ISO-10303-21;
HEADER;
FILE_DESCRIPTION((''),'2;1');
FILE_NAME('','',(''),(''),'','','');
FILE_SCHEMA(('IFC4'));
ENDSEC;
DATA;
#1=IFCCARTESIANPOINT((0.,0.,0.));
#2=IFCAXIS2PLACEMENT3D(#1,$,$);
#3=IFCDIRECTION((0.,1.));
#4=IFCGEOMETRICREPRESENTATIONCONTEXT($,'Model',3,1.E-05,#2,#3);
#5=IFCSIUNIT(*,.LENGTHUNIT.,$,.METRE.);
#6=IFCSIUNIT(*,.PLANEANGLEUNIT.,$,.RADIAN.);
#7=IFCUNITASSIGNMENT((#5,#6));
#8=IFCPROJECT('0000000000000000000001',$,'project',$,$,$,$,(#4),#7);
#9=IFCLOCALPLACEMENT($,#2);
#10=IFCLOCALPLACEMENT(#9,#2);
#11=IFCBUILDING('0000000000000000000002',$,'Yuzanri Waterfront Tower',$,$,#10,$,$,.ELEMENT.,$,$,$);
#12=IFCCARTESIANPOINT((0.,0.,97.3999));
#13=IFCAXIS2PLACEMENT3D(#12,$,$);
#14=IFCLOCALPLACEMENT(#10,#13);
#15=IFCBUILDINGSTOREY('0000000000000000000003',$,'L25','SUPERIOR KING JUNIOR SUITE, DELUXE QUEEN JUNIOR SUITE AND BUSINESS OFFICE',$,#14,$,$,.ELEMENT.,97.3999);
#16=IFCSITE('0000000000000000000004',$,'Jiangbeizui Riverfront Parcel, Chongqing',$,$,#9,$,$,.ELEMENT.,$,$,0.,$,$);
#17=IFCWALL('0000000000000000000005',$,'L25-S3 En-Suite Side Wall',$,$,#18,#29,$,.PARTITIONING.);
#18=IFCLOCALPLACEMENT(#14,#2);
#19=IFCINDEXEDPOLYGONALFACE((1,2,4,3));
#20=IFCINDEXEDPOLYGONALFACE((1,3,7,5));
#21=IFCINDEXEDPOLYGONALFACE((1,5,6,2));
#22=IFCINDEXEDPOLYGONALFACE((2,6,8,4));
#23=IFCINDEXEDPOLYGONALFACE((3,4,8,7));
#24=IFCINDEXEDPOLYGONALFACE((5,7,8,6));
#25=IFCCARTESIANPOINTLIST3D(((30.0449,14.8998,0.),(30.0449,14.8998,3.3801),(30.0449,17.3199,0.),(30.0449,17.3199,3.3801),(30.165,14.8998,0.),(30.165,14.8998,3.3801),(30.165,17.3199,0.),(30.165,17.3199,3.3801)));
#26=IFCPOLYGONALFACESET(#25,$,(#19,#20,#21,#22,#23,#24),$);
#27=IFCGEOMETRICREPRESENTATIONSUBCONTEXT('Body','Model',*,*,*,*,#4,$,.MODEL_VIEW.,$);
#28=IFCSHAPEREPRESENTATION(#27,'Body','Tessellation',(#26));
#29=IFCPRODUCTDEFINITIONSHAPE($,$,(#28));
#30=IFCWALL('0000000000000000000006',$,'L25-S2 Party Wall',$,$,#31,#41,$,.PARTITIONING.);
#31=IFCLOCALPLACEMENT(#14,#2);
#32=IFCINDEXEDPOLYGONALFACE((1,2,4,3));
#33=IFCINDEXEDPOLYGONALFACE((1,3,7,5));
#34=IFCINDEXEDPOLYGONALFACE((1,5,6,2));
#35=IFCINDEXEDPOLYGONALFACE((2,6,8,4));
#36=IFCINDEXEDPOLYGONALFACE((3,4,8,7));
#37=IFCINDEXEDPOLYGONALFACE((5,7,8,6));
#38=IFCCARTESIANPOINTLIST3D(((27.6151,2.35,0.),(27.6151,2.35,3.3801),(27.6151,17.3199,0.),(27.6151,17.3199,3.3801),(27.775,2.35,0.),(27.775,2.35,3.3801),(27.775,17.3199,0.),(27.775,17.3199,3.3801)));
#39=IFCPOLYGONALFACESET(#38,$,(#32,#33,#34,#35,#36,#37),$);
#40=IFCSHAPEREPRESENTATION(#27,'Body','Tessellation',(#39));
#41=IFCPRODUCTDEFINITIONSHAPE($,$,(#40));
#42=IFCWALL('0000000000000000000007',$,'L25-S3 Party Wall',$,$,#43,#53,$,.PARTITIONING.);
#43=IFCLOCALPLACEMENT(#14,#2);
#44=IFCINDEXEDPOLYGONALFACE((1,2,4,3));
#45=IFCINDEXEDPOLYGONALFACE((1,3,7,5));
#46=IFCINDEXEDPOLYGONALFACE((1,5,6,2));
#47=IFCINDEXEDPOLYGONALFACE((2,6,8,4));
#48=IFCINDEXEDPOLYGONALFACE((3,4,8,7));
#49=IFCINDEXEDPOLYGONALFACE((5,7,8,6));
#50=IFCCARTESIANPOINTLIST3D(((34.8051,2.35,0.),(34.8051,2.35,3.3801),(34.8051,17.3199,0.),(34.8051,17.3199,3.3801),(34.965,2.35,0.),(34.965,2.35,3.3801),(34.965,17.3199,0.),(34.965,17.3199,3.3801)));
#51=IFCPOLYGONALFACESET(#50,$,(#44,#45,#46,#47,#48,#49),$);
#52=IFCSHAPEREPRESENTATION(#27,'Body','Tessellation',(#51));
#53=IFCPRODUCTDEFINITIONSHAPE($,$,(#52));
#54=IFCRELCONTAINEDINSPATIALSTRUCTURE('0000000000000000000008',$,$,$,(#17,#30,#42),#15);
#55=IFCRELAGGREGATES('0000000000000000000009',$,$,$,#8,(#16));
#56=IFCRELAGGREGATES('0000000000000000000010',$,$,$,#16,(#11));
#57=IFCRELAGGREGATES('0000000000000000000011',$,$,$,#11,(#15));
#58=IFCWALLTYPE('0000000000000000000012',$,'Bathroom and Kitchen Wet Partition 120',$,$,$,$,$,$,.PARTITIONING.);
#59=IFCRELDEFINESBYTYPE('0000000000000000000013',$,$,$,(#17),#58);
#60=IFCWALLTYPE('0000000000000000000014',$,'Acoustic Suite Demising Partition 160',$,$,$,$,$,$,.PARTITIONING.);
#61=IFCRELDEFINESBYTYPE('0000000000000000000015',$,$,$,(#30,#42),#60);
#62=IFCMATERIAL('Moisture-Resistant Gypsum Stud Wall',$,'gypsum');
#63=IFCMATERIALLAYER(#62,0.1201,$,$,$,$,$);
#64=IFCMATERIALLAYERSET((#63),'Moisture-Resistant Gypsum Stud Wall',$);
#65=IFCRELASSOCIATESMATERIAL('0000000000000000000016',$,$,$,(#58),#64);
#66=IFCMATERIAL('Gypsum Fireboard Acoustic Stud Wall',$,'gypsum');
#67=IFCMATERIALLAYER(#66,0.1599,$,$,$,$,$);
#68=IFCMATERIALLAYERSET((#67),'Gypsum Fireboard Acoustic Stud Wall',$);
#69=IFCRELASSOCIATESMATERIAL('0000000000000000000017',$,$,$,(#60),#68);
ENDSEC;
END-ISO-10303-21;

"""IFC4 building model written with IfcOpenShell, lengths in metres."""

from ifc_helpers import new_model, si_unit, direction, frame, frame_2d, origin, place, context, subcontext, project, spatial, rectangle, extrude, source, transform, mapped, material, layer, layer_set, type_object, element, save


model = new_model("IFC4")

# Units and contexts
model_context = context("Model", 3, precision=1e-05, world=origin(), true_north=direction((0.0, 1.0)))
body_context = subcontext(model_context, "Body", "Model", "MODEL_VIEW")
ifc_project = project(units=[si_unit("LENGTHUNIT", "METRE"), si_unit("PLANEANGLEUNIT", "RADIAN")], contexts=[model_context])

# Site, building, storey
site_placement = place(None, origin())
site = spatial("IfcSite", under=ifc_project, at=site_placement, Name="Jiangbeizui Riverfront Parcel, Chongqing", CompositionType="ELEMENT", RefElevation=0.0)
building_placement = place(site_placement, origin())
building = spatial("IfcBuilding", under=site, at=building_placement, Name="Yuzanri Waterfront Tower", CompositionType="ELEMENT")
storey_placement = place(building_placement, frame((0.0, 0.0, 97.3999)))
storey = spatial("IfcBuildingStorey", under=building, at=storey_placement, Name="L25", Description="SUPERIOR KING JUNIOR SUITE, DELUXE QUEEN JUNIOR SUITE AND BUSINESS OFFICE", CompositionType="ELEMENT", Elevation=97.3999)

# Shared definitions
ifc_material_1 = material(Name="Moisture-Resistant Gypsum Stud Wall", Category="gypsum")
ifc_layer_1 = layer(ifc_material_1, 0.1201)
ifc_layer_set_1 = layer_set([ifc_layer_1], Name="Moisture-Resistant Gypsum Stud Wall")
wall_type_1 = type_object("IfcWallType", Name="Bathroom and Kitchen Wet Partition 120", PredefinedType="PARTITIONING", material=ifc_layer_set_1)

# Walls
shared_shape_1 = source(origin(), body_context, "Body", "SweptSolid", [
    extrude(rectangle(XDim=2.4202, YDim=0.1201, at=frame_2d((1.21, 0.0))), origin(), (0.0, 0.0, 1.0), 3.3801),
])
for number, where, z_axis, x_axis, name in (
    (1, (30.105, 14.8999, 0.0), (0.0, 0.0, 1.0), (0.0, 1.0, 0.0), "L25-S3 En-Suite Side Wall"),
):
    element("IfcWall", number, at=place(storey_placement, frame(where, z_axis=z_axis, x_axis=x_axis)), inside=storey, type_object=wall_type_1, Name=name, PredefinedType="PARTITIONING", context=body_context, shape_type="MappedRepresentation", body=[
        mapped(shared_shape_1, transform((0.0, 0.0, 0.0), scale=1.0)),
    ])
ifc_material_2 = material(Name="Gypsum Fireboard Acoustic Stud Wall", Category="gypsum")
ifc_layer_2 = layer(ifc_material_2, 0.1599)
ifc_layer_set_2 = layer_set([ifc_layer_2], Name="Gypsum Fireboard Acoustic Stud Wall")
wall_type_2 = type_object("IfcWallType", Name="Acoustic Suite Demising Partition 160", PredefinedType="PARTITIONING", material=ifc_layer_set_2)
shared_shape_2 = source(origin(), body_context, "Body", "SweptSolid", [
    extrude(rectangle(XDim=14.97, YDim=0.1599, at=frame_2d((7.4849, 0.0))), origin(), (0.0, 0.0, 1.0), 3.3801),
])
for number, where, z_axis, x_axis, name in (
    (2, (27.6951, 2.3501, 0.0), (0.0, 0.0, 1.0), (0.0, 1.0, 0.0), "L25-S2 Party Wall"),
    (3, (34.885, 2.3501, 0.0), (0.0, 0.0, 1.0), (0.0, 1.0, 0.0), "L25-S3 Party Wall"),
):
    element("IfcWall", number, at=place(storey_placement, frame(where, z_axis=z_axis, x_axis=x_axis)), inside=storey, type_object=wall_type_2, Name=name, PredefinedType="PARTITIONING", context=body_context, shape_type="MappedRepresentation", body=[
        mapped(shared_shape_2, transform((0.0, 0.0, 0.0), scale=1.0)),
    ])

save(model, "model.ifc")
